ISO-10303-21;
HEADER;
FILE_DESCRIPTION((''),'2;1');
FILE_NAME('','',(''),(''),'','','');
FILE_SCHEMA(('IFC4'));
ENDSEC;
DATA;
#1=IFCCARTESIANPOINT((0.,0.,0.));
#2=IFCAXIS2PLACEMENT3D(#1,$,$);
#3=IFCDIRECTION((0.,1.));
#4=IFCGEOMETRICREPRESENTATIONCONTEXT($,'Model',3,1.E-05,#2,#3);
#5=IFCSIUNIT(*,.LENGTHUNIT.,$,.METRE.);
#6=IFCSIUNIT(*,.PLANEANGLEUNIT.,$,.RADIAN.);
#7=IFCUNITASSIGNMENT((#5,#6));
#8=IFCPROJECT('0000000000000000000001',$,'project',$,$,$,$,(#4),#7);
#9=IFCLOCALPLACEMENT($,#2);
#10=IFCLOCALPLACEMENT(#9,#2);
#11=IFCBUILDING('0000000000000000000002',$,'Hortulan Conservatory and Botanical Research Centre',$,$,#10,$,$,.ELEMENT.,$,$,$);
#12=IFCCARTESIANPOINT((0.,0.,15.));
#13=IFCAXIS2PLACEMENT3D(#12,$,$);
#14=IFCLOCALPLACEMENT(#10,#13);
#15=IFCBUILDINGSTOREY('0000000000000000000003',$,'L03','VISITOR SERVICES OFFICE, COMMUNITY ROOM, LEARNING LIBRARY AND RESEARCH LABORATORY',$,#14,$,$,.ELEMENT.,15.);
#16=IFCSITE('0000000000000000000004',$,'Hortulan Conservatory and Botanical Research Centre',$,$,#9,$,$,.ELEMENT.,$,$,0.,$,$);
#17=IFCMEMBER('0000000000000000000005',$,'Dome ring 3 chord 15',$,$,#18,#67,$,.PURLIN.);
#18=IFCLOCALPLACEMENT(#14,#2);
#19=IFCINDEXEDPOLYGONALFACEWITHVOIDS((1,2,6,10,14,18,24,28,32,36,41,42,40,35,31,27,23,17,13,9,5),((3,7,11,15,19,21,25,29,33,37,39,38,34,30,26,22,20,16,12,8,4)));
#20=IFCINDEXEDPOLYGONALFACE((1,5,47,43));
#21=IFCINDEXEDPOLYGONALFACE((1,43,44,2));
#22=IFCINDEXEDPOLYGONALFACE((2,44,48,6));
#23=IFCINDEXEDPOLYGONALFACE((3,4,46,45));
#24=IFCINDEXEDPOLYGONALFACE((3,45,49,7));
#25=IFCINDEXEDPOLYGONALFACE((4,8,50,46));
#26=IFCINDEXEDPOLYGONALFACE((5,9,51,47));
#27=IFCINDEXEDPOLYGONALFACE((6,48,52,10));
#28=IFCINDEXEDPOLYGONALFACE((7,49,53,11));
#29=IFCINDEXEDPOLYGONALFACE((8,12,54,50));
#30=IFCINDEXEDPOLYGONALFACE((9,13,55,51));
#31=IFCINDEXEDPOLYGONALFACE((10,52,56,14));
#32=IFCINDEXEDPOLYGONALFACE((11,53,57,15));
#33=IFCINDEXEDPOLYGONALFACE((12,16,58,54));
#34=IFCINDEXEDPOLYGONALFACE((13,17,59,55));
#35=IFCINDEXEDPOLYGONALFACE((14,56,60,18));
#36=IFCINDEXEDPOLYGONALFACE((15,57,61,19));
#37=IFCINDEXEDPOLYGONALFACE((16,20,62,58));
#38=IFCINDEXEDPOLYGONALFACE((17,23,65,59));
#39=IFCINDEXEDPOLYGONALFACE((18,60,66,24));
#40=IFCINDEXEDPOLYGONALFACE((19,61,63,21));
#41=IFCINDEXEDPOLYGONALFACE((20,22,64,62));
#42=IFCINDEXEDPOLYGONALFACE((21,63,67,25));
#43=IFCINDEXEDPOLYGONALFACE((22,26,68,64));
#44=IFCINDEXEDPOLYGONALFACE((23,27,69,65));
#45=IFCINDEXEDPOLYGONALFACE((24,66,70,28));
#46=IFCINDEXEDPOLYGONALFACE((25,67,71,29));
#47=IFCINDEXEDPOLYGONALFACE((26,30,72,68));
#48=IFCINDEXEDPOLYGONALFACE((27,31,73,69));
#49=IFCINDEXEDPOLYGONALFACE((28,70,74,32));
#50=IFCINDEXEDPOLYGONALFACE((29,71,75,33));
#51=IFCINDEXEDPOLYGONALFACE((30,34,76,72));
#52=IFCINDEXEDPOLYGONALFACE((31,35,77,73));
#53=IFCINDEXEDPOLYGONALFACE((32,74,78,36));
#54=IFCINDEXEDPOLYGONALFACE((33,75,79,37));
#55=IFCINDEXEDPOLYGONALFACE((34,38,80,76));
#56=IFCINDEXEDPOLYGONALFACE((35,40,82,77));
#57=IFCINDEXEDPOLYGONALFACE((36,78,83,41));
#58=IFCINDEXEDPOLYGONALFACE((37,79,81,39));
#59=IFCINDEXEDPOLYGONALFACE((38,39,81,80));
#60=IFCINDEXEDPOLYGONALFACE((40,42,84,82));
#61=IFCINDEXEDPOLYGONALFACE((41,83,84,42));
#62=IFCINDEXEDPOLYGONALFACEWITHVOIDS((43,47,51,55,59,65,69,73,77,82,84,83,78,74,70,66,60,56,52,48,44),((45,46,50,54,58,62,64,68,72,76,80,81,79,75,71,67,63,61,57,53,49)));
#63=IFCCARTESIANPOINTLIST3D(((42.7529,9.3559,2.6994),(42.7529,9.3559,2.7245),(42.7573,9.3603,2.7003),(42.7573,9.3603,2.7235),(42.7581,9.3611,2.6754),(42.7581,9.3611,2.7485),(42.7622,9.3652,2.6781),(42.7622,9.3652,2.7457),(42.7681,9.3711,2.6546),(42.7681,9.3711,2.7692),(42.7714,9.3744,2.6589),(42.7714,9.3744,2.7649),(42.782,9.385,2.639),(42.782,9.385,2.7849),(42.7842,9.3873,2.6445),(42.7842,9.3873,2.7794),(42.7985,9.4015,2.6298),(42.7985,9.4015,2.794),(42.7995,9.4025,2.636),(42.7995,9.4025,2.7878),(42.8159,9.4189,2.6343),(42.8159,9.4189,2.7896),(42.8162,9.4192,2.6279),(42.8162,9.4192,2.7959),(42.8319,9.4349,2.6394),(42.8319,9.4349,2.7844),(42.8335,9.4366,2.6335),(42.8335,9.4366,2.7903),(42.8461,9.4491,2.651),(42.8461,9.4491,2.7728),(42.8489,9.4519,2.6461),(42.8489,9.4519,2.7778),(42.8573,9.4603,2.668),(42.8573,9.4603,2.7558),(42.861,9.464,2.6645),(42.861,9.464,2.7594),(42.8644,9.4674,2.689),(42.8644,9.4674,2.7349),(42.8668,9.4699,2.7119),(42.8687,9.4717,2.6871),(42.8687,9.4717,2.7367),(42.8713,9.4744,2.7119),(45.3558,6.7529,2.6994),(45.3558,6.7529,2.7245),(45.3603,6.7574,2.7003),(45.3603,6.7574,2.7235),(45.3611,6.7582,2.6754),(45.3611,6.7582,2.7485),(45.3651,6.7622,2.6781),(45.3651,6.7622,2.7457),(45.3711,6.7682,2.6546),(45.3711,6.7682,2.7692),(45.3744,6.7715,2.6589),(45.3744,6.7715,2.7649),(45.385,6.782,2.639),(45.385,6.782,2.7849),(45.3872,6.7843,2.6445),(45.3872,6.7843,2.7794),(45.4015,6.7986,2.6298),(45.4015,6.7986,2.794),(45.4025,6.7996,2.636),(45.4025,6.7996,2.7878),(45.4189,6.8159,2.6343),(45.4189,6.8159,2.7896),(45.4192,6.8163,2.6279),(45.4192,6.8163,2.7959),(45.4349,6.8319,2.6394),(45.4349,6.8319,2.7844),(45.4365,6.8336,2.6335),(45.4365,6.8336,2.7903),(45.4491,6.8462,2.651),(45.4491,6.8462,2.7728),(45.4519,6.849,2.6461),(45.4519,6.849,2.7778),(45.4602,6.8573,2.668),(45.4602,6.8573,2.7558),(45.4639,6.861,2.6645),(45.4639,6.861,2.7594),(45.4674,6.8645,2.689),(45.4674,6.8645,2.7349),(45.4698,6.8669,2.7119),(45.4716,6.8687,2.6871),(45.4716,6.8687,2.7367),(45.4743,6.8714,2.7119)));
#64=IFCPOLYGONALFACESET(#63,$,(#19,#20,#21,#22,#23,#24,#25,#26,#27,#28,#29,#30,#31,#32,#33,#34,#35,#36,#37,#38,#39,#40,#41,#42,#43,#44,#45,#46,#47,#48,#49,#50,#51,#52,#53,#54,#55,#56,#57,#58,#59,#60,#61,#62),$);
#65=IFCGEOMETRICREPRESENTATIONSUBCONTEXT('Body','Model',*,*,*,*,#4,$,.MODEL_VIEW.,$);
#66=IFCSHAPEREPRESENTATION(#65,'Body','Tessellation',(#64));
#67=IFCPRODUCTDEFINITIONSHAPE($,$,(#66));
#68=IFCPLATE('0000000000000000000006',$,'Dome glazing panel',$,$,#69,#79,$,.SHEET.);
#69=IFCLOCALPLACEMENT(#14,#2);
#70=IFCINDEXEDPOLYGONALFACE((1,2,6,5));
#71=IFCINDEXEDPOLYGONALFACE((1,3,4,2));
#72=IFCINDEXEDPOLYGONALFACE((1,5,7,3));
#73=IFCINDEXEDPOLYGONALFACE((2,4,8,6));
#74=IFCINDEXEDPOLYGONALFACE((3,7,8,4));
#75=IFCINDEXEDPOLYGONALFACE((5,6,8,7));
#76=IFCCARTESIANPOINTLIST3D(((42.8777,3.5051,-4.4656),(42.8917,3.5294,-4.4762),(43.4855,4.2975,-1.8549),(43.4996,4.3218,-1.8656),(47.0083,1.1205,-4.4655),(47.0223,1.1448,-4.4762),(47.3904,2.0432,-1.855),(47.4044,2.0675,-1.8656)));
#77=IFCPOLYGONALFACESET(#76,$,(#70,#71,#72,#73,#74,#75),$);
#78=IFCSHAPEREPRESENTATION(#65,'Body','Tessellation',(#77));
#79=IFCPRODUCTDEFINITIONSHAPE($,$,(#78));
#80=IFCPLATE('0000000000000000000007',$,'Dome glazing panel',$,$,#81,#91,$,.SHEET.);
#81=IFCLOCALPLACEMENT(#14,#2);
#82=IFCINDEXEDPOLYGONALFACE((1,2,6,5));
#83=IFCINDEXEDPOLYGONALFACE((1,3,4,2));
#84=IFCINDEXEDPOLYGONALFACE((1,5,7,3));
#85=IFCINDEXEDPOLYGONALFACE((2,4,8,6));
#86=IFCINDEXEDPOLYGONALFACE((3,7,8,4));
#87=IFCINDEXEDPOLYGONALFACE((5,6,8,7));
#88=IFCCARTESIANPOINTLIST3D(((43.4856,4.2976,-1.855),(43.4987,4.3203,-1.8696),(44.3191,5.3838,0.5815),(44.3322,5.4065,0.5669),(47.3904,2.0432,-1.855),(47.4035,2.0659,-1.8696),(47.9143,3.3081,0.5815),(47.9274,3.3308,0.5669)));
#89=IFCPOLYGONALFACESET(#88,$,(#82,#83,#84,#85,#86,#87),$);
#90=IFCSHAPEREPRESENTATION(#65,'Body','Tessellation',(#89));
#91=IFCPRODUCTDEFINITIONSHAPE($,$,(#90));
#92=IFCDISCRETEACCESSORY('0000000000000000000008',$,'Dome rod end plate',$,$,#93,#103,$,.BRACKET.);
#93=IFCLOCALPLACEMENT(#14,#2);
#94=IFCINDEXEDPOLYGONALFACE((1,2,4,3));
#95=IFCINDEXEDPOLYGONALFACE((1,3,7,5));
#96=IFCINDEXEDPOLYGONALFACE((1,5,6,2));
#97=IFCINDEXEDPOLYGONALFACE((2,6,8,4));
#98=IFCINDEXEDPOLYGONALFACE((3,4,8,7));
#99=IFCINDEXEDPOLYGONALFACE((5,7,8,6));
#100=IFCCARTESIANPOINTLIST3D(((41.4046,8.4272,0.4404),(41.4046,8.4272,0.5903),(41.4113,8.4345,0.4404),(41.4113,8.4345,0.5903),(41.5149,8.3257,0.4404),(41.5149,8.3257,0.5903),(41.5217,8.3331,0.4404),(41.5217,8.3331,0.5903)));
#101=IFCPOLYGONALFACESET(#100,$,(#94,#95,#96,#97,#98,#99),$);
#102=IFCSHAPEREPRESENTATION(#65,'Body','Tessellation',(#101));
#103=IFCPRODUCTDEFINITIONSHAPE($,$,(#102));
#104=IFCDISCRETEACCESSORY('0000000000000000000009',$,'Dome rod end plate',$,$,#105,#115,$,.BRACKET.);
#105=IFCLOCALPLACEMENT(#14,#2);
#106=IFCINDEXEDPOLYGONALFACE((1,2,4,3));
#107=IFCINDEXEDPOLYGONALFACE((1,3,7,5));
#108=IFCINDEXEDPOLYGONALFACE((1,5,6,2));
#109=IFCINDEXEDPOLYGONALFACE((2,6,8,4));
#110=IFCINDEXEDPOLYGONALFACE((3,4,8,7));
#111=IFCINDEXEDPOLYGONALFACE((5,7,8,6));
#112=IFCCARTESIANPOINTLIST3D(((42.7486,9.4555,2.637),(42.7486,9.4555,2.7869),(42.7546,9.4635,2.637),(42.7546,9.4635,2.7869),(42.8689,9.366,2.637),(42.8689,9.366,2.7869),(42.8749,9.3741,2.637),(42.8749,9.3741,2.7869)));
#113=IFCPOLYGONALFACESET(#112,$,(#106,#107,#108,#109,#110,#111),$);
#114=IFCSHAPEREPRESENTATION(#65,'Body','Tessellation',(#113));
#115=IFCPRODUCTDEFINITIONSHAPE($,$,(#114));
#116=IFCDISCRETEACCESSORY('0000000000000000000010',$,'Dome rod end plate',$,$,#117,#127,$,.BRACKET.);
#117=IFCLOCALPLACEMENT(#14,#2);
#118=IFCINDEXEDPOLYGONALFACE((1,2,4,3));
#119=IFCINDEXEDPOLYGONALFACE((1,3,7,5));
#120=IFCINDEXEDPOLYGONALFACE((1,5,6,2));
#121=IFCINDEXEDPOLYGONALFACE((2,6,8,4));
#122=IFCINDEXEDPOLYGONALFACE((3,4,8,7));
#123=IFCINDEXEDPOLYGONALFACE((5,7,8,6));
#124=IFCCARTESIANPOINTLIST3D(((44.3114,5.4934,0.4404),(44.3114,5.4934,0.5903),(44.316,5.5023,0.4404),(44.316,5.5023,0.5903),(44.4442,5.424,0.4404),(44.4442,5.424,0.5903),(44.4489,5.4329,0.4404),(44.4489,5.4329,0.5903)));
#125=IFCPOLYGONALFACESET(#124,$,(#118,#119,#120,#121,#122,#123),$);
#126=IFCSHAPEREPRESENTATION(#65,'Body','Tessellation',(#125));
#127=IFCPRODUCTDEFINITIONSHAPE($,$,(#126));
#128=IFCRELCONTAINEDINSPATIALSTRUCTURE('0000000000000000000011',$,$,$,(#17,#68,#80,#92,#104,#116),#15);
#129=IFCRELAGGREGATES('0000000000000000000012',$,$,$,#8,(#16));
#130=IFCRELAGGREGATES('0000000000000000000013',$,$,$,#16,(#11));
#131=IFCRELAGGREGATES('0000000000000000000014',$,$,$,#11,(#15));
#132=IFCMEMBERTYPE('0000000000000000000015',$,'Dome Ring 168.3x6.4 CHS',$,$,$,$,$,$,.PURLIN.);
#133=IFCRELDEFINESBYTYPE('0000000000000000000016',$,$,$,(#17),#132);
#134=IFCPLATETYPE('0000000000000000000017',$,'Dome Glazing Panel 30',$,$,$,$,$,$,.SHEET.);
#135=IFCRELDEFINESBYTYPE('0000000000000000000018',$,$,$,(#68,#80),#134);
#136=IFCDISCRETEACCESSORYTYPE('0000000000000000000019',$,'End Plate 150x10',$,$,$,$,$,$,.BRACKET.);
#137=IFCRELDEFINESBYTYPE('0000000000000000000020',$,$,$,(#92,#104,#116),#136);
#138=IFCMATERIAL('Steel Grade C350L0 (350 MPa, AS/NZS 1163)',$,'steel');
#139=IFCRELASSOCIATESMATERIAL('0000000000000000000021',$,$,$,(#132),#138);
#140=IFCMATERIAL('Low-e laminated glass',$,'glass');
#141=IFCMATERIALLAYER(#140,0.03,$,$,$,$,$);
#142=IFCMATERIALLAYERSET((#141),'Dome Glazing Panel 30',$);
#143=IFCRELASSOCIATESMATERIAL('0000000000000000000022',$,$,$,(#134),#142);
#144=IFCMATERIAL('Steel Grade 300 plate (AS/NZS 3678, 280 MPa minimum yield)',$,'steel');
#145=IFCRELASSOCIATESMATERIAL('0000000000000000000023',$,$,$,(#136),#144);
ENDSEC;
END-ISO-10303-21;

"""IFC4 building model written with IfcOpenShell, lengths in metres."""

from ifc_helpers import new_model, si_unit, direction, frame, origin, origin_2d, place, context, subcontext, project, spatial, polyline, rectangle, hollow_circle, outline, extrude, material, layer, layer_set, material_profile, profile_set, type_object, element, save


model = new_model("IFC4")

# Units and contexts
model_context = context("Model", 3, precision=1e-05, world=origin(), true_north=direction((0.0, 1.0)))
body_context = subcontext(model_context, "Body", "Model", "MODEL_VIEW")
ifc_project = project(units=[si_unit("LENGTHUNIT", "METRE"), si_unit("PLANEANGLEUNIT", "RADIAN")], contexts=[model_context])

# Site, building, storey
site_placement = place(None, origin())
site = spatial("IfcSite", under=ifc_project, at=site_placement, Name="Hortulan Conservatory and Botanical Research Centre", CompositionType="ELEMENT", RefElevation=0.0)
building_placement = place(site_placement, origin())
building = spatial("IfcBuilding", under=site, at=building_placement, Name="Hortulan Conservatory and Botanical Research Centre", CompositionType="ELEMENT")
storey_placement = place(building_placement, frame((0.0, 0.0, 15.0)))
storey = spatial("IfcBuildingStorey", under=building, at=storey_placement, Name="L03", Description="VISITOR SERVICES OFFICE, COMMUNITY ROOM, LEARNING LIBRARY AND RESEARCH LABORATORY", CompositionType="ELEMENT", Elevation=15.0)

# Shared definitions
ifc_material_1 = material(Name="Steel Grade C350L0 (350 MPa, AS/NZS 1163)", Category="steel")

# Member
ifc_material_profile_1 = material_profile(ifc_material_1, hollow_circle(Radius=0.0842, WallThickness=0.0063, at=origin_2d()), Name="168.3x6.4CHS")
ifc_profile_set_1 = profile_set([ifc_material_profile_1], Name="Steel Grade C350L0 (350 MPa, AS/NZS 1163)")
member_type_1 = type_object("IfcMemberType", Name="Dome Ring 168.3x6.4 CHS", PredefinedType="PURLIN", material=ifc_profile_set_1)
member_1_placement = place(storey_placement, frame((42.8118, 9.4148, 2.7119), z_axis=(0.707107, -0.707107, 0.0), x_axis=(0.707107, 0.707107, 0.0)))
element("IfcMember", 1, at=member_1_placement, inside=storey, type_object=member_type_1, Name="Dome ring 3 chord 15", PredefinedType="PURLIN", context=body_context, shape_type="SweptSolid", body=[
    extrude(hollow_circle(Radius=0.0842, WallThickness=0.0063, at=origin_2d()), origin(), (0.0, 0.0, 1.0), 3.6812),
])

# Plates
ifc_material_2 = material(Name="Low-e laminated glass", Category="glass")
ifc_layer = layer(ifc_material_2, 0.03)
ifc_layer_set = layer_set([ifc_layer], Name="Dome Glazing Panel 30")
plate_type = type_object("IfcPlateType", Name="Dome Glazing Panel 30", PredefinedType="SHEET", material=ifc_layer_set)
plate_1_placement = place(storey_placement, frame((42.8777, 3.5051, -4.4656), z_axis=(-0.467479, -0.809753, 0.354631), x_axis=(0.866042, -0.499971, 0.000007)))
element("IfcPlate", 2, at=plate_1_placement, inside=storey, type_object=plate_type, Name="Dome glazing panel", PredefinedType="SHEET", context=body_context, shape_type="SweptSolid", body=[
    extrude(outline(polyline([(0.0, 0.0), (4.7695, 0.0), (4.6391, 2.792), (0.1303, 2.7921), (0.0, 0.0)])), origin(), (0.0, 0.0, -1.0), 0.03),
])
plate_2_placement = place(storey_placement, frame((43.4856, 4.2976, -1.855), z_axis=(-0.436787, -0.756546, 0.486677), x_axis=(0.866028, -0.499995, 0.000001)))
element("IfcPlate", 3, at=plate_2_placement, inside=storey, type_object=plate_type, Name="Dome glazing panel", PredefinedType="SHEET", context=body_context, shape_type="SweptSolid", body=[
    extrude(outline(polyline([(0.0, 0.0), (4.5088, 0.0), (4.3301, 2.7891), (0.1787, 2.7891), (0.0, 0.0)])), origin(), (0.0, 0.0, -1.0), 0.03),
])

# Discrete accessories
ifc_material_3 = material(Name="Steel Grade 300 plate (AS/NZS 3678, 280 MPa minimum yield)", Category="steel")
discrete_accessory_type = type_object("IfcDiscreteAccessoryType", Name="End Plate 150x10", PredefinedType="BRACKET", material=ifc_material_3)
for number, where, z_axis, x_axis, name in (
    (4, (41.4631, 8.3801, 0.4404), (0.0, 0.0, 1.0), (0.736168, -0.676799, 0.0), "Dome rod end plate"),
    (5, (42.8118, 9.4148, 2.637), (0.0, 0.0, 1.0), (0.802318, -0.596897, 0.0), "Dome rod end plate"),
    (6, (44.3801, 5.4631, 0.4404), (0.0, 0.0, 1.0), (0.886252, -0.463203, 0.0), "Dome rod end plate"),
):
    element("IfcDiscreteAccessory", number, at=place(storey_placement, frame(where, z_axis=z_axis, x_axis=x_axis)), inside=storey, type_object=discrete_accessory_type, Name=name, PredefinedType="BRACKET", context=body_context, shape_type="SweptSolid", body=[
        extrude(rectangle(XDim=0.1499, YDim=0.01, at=origin_2d()), origin(), (0.0, 0.0, 1.0), 0.1499),
    ])

save(model, "model.ifc")
